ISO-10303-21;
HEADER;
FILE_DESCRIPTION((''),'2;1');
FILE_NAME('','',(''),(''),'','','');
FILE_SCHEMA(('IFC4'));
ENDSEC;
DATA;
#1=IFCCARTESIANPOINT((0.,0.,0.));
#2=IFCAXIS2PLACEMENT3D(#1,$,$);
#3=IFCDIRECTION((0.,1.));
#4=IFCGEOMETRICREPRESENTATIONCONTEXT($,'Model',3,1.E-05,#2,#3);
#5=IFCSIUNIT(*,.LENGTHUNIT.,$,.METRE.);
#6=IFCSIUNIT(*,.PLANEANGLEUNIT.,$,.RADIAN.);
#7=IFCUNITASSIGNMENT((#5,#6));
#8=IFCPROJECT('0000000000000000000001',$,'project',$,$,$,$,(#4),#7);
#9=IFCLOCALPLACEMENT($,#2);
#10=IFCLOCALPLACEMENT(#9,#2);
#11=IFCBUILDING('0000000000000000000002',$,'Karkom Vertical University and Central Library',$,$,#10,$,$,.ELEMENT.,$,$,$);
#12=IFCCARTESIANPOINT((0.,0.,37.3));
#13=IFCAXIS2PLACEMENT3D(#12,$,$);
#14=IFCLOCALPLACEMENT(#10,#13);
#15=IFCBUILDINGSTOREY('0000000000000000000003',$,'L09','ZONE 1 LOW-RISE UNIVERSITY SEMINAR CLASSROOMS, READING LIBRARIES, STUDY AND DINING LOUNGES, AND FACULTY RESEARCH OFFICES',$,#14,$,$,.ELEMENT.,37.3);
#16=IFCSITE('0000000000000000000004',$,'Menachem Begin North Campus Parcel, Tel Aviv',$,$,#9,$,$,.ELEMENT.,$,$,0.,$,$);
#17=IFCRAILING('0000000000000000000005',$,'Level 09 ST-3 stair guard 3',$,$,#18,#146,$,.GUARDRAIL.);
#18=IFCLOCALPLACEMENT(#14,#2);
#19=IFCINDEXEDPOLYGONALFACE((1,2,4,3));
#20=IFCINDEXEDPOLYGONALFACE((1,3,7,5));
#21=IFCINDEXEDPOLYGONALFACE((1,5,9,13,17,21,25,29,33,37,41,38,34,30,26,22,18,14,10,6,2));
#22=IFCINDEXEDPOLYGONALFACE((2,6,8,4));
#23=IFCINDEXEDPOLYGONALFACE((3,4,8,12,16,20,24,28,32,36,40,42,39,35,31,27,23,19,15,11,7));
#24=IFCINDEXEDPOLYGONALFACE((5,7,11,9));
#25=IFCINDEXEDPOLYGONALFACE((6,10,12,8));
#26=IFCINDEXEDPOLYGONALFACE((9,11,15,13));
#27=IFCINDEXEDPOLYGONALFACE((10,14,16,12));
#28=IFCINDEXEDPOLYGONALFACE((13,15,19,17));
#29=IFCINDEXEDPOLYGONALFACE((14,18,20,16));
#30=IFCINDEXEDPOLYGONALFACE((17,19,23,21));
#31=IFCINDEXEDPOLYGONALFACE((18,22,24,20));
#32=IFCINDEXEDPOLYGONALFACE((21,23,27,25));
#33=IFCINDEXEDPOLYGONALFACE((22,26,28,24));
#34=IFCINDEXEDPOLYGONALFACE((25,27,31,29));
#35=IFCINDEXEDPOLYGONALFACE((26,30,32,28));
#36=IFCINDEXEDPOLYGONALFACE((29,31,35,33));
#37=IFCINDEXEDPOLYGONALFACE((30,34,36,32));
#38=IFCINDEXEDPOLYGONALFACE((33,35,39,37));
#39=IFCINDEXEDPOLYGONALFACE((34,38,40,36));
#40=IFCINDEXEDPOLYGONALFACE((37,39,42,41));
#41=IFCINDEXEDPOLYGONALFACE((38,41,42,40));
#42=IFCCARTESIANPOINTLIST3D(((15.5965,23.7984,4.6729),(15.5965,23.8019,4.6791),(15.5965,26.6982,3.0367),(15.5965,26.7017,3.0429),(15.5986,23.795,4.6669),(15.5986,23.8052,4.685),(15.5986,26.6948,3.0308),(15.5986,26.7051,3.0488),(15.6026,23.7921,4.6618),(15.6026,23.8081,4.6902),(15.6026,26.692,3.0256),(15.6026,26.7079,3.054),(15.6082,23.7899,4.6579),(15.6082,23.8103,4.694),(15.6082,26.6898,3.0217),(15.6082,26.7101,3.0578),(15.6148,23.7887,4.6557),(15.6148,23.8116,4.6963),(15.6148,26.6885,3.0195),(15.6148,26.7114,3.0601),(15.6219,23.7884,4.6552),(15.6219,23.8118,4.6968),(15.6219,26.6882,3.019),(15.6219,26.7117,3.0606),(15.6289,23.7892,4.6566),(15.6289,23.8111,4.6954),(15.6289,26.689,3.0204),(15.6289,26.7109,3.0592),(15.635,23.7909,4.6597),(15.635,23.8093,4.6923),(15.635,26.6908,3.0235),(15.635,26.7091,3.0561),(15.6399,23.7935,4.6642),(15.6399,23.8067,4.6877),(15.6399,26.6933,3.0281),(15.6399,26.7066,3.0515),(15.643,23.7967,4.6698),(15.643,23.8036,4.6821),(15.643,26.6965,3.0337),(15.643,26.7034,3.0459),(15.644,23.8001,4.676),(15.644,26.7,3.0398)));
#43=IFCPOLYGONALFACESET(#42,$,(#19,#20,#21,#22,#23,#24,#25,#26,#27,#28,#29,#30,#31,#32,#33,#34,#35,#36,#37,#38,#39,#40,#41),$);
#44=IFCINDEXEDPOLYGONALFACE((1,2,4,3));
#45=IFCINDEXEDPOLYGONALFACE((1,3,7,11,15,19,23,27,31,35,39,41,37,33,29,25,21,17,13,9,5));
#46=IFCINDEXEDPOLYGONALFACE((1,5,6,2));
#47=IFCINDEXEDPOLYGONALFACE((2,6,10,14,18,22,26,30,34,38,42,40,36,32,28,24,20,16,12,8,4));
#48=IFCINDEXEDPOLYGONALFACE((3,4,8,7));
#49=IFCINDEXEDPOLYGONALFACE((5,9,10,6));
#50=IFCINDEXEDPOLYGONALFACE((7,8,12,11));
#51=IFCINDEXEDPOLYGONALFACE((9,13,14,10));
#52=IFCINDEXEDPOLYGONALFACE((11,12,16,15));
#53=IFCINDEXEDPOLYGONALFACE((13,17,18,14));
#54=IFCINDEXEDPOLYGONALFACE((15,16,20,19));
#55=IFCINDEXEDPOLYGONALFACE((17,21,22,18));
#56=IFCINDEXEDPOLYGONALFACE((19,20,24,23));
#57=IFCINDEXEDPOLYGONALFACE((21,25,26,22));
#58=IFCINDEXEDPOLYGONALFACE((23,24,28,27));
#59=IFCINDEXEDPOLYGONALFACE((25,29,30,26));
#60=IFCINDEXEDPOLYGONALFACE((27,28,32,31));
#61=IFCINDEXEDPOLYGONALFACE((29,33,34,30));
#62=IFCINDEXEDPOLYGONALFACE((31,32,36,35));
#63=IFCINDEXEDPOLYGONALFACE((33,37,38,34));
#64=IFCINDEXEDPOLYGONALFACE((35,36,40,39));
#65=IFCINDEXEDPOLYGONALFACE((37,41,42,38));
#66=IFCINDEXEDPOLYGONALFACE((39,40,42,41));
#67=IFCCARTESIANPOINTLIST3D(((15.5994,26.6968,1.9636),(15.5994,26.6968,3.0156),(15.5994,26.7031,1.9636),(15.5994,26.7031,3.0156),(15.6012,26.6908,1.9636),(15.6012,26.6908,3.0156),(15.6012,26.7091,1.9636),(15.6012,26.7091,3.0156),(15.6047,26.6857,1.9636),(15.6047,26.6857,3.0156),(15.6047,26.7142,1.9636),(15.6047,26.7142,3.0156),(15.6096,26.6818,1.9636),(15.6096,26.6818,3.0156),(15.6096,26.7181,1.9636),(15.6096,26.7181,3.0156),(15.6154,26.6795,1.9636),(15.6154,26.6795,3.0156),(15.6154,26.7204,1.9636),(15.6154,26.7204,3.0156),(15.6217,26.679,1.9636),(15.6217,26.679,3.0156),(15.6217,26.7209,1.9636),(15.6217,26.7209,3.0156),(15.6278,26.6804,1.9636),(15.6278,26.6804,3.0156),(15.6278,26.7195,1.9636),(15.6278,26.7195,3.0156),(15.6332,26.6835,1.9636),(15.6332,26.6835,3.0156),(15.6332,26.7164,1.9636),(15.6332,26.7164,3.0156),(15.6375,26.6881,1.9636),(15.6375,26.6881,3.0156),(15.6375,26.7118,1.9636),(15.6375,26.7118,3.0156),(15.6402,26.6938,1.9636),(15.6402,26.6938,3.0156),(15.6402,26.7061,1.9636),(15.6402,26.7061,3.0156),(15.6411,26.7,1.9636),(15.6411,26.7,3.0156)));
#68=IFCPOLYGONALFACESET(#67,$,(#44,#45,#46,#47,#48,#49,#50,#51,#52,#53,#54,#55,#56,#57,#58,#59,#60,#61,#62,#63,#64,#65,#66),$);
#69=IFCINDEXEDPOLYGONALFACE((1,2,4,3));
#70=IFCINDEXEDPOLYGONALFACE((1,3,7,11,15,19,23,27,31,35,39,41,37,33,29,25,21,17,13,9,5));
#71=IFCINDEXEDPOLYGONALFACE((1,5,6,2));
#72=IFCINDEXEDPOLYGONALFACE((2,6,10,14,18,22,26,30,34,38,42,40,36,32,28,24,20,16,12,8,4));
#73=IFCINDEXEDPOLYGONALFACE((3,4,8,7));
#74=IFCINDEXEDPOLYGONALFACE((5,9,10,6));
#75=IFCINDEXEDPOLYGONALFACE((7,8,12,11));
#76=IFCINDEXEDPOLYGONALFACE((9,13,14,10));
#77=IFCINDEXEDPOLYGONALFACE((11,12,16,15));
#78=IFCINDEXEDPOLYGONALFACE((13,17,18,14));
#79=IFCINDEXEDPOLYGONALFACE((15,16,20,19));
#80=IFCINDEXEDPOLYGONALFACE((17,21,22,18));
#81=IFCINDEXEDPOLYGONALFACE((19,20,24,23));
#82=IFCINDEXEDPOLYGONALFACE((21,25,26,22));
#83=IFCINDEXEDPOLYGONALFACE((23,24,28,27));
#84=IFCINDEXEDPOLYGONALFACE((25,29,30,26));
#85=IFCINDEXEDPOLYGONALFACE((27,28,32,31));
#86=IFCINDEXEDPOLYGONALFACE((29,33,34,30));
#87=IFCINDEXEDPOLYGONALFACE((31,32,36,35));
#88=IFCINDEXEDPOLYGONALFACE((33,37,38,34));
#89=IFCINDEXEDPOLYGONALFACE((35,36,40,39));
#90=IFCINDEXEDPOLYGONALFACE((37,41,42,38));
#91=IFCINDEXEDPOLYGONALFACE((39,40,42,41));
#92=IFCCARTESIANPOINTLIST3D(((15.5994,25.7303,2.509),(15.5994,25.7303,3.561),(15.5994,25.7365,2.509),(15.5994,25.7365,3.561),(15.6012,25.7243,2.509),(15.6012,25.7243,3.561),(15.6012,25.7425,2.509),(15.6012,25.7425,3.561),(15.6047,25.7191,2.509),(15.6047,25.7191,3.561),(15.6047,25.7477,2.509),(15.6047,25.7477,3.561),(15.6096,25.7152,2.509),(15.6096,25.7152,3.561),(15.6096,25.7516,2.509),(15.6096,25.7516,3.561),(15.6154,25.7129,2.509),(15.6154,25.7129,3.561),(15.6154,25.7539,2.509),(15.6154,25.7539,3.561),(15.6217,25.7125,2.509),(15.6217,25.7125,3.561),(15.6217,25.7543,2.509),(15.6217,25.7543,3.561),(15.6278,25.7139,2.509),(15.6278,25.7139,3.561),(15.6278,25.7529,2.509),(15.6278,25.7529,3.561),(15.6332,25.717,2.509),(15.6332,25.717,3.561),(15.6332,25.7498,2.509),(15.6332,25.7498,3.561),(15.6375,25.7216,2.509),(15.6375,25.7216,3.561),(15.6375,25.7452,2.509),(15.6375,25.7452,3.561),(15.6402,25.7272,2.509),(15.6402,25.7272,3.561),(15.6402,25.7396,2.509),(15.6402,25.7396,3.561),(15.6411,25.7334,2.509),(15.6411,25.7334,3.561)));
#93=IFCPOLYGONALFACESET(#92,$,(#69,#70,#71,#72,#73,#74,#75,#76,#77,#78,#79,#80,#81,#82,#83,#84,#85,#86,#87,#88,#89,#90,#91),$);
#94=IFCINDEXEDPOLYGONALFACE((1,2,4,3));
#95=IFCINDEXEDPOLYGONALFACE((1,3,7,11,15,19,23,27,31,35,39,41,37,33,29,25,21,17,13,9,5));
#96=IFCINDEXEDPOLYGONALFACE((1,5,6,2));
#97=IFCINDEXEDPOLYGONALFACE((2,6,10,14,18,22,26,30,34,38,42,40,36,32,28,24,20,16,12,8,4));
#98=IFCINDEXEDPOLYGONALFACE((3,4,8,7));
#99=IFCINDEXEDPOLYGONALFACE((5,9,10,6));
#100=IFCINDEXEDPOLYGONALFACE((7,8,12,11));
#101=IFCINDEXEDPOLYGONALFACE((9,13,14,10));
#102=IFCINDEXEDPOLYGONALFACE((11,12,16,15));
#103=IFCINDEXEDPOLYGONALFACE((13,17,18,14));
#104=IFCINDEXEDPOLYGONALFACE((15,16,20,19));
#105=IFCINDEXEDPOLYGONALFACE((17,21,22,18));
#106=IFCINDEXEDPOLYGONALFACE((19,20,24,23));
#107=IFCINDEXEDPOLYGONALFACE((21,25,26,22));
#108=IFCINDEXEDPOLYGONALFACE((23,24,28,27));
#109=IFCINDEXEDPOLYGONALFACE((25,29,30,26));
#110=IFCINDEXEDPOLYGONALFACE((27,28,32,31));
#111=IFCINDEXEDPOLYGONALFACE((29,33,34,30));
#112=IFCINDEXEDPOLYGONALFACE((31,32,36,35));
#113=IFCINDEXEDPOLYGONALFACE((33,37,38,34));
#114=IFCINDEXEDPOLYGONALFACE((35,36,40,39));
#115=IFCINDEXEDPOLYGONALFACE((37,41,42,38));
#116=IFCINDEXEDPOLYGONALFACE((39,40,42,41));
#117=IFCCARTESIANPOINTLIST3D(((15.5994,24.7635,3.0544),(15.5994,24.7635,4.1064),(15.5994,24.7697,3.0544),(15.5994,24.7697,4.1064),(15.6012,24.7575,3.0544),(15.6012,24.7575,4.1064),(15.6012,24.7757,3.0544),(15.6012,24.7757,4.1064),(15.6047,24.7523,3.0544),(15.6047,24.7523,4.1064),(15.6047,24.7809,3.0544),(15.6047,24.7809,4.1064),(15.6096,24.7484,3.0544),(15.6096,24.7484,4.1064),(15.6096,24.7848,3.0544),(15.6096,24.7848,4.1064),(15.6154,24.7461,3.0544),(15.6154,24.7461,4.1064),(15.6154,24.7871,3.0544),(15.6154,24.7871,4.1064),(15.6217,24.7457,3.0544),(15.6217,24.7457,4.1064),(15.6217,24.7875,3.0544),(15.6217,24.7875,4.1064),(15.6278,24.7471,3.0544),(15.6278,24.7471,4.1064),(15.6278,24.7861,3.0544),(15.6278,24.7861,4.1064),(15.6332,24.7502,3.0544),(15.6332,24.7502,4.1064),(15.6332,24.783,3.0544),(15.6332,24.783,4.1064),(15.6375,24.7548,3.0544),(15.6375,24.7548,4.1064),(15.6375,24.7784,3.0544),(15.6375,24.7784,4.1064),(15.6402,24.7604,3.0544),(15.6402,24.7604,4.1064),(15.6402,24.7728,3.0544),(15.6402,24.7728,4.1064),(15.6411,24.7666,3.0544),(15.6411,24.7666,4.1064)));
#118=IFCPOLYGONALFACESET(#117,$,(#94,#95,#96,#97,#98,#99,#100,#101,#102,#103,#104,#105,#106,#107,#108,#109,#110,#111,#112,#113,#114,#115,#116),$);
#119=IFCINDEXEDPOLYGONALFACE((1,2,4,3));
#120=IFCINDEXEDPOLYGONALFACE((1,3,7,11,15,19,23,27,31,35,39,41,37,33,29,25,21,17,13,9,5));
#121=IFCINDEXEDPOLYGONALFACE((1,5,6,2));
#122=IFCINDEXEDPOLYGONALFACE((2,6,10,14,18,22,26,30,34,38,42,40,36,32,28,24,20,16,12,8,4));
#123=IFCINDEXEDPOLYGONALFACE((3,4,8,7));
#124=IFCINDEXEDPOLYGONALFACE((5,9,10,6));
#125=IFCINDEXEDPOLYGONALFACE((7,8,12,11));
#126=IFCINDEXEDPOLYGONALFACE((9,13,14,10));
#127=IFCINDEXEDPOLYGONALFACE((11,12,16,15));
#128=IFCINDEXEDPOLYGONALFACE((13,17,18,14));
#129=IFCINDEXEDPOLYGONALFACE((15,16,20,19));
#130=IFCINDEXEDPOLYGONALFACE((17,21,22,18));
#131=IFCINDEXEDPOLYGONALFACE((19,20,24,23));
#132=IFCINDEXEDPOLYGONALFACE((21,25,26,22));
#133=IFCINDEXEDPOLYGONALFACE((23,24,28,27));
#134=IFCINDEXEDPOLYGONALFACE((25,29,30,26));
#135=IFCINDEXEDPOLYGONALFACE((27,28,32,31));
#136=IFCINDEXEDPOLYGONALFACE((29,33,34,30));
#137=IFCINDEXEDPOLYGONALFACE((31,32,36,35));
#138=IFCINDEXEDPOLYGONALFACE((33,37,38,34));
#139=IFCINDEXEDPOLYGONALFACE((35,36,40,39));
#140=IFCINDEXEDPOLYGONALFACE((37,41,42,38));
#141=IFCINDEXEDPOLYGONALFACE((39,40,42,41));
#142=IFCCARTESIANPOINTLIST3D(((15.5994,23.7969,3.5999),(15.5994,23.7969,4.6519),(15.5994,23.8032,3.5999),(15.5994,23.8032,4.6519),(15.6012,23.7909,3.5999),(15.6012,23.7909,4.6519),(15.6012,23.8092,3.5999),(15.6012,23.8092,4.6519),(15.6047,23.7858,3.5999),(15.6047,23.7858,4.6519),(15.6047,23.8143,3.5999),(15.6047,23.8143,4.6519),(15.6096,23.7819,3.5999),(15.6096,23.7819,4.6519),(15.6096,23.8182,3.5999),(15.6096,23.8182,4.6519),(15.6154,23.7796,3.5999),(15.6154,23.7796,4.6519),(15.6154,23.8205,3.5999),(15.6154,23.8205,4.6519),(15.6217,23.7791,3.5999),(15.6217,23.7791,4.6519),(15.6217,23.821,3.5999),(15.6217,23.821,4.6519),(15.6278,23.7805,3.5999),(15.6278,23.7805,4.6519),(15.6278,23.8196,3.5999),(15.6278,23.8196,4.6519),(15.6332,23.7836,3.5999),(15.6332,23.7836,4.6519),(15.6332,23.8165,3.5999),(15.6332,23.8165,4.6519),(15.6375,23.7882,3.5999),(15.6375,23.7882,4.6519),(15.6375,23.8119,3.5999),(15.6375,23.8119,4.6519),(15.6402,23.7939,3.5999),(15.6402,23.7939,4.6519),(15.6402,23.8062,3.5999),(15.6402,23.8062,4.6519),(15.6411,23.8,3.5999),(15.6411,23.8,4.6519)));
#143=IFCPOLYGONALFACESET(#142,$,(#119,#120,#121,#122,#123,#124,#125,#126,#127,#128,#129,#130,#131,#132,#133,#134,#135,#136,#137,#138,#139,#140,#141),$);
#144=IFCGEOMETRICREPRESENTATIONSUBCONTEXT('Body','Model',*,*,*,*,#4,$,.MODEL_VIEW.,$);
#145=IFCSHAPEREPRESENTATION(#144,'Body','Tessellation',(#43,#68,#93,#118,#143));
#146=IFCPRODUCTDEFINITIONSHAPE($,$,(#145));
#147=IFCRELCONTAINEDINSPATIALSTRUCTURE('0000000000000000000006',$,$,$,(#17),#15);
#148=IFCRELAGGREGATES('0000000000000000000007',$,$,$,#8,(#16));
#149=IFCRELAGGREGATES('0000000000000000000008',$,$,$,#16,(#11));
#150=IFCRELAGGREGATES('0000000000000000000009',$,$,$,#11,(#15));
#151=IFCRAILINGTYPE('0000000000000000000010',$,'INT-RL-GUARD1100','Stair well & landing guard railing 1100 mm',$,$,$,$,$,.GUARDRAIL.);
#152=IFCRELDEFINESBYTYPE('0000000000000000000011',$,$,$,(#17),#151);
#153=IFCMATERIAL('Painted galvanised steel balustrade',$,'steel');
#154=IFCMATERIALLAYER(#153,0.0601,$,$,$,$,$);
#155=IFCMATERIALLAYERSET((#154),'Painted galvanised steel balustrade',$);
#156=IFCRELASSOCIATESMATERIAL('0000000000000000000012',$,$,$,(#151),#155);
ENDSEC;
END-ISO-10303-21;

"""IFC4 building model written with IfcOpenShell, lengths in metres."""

from ifc_helpers import new_model, si_unit, direction, frame, origin, origin_2d, place, context, subcontext, project, spatial, circle, extrude, material, layer, layer_set, type_object, element, save


model = new_model("IFC4")

# Units and contexts
model_context = context("Model", 3, precision=1e-05, world=origin(), true_north=direction((0.0, 1.0)))
body_context = subcontext(model_context, "Body", "Model", "MODEL_VIEW")
ifc_project = project(units=[si_unit("LENGTHUNIT", "METRE"), si_unit("PLANEANGLEUNIT", "RADIAN")], contexts=[model_context])

# Site, building, storey
site_placement = place(None, origin())
site = spatial("IfcSite", under=ifc_project, at=site_placement, Name="Menachem Begin North Campus Parcel, Tel Aviv", CompositionType="ELEMENT", RefElevation=0.0)
building_placement = place(site_placement, origin())
building = spatial("IfcBuilding", under=site, at=building_placement, Name="Karkom Vertical University and Central Library", CompositionType="ELEMENT")
storey_placement = place(building_placement, frame((0.0, 0.0, 37.3)))
storey = spatial("IfcBuildingStorey", under=building, at=storey_placement, Name="L09", Description="ZONE 1 LOW-RISE UNIVERSITY SEMINAR CLASSROOMS, READING LIBRARIES, STUDY AND DINING LOUNGES, AND FACULTY RESEARCH OFFICES", CompositionType="ELEMENT", Elevation=37.3)

# Railing
ifc_material_1 = material(Name="Painted galvanised steel balustrade", Category="steel")
ifc_layer_1 = layer(ifc_material_1, 0.0601)
ifc_layer_set_1 = layer_set([ifc_layer_1], Name="Painted galvanised steel balustrade")
railing_type_1 = type_object("IfcRailingType", Name="INT-RL-GUARD1100", Description="Stair well & landing guard railing 1100 mm", PredefinedType="GUARDRAIL", material=ifc_layer_set_1)
railing_1_placement = place(storey_placement, frame((15.6201, 26.7, 1.9636)))
element("IfcRailing", 1, at=railing_1_placement, inside=storey, type_object=railing_type_1, Name="Level 09 ST-3 stair guard 3", PredefinedType="GUARDRAIL", context=body_context, shape_type="SweptSolid", body=[
    extrude(circle(Radius=0.0239, at=origin_2d()), frame((0.0, 0.0, 1.0762), z_axis=(0.0, -0.870929, 0.49141), x_axis=(1.0, 0.0, 0.0)), (0.0, 0.0, 1.0), 3.3296),
    extrude(circle(Radius=0.021, at=origin_2d()), origin(), (0.0, 0.0, 1.0), 1.052),
    extrude(circle(Radius=0.021, at=origin_2d()), frame((0.0, -0.9666, 0.5454)), (0.0, 0.0, 1.0), 1.052),
    extrude(circle(Radius=0.021, at=origin_2d()), frame((0.0, -1.9333, 1.0908)), (0.0, 0.0, 1.0), 1.052),
    extrude(circle(Radius=0.021, at=origin_2d()), frame((0.0, -2.8999, 1.6362)), (0.0, 0.0, 1.0), 1.052),
])

save(model, "model.ifc")
